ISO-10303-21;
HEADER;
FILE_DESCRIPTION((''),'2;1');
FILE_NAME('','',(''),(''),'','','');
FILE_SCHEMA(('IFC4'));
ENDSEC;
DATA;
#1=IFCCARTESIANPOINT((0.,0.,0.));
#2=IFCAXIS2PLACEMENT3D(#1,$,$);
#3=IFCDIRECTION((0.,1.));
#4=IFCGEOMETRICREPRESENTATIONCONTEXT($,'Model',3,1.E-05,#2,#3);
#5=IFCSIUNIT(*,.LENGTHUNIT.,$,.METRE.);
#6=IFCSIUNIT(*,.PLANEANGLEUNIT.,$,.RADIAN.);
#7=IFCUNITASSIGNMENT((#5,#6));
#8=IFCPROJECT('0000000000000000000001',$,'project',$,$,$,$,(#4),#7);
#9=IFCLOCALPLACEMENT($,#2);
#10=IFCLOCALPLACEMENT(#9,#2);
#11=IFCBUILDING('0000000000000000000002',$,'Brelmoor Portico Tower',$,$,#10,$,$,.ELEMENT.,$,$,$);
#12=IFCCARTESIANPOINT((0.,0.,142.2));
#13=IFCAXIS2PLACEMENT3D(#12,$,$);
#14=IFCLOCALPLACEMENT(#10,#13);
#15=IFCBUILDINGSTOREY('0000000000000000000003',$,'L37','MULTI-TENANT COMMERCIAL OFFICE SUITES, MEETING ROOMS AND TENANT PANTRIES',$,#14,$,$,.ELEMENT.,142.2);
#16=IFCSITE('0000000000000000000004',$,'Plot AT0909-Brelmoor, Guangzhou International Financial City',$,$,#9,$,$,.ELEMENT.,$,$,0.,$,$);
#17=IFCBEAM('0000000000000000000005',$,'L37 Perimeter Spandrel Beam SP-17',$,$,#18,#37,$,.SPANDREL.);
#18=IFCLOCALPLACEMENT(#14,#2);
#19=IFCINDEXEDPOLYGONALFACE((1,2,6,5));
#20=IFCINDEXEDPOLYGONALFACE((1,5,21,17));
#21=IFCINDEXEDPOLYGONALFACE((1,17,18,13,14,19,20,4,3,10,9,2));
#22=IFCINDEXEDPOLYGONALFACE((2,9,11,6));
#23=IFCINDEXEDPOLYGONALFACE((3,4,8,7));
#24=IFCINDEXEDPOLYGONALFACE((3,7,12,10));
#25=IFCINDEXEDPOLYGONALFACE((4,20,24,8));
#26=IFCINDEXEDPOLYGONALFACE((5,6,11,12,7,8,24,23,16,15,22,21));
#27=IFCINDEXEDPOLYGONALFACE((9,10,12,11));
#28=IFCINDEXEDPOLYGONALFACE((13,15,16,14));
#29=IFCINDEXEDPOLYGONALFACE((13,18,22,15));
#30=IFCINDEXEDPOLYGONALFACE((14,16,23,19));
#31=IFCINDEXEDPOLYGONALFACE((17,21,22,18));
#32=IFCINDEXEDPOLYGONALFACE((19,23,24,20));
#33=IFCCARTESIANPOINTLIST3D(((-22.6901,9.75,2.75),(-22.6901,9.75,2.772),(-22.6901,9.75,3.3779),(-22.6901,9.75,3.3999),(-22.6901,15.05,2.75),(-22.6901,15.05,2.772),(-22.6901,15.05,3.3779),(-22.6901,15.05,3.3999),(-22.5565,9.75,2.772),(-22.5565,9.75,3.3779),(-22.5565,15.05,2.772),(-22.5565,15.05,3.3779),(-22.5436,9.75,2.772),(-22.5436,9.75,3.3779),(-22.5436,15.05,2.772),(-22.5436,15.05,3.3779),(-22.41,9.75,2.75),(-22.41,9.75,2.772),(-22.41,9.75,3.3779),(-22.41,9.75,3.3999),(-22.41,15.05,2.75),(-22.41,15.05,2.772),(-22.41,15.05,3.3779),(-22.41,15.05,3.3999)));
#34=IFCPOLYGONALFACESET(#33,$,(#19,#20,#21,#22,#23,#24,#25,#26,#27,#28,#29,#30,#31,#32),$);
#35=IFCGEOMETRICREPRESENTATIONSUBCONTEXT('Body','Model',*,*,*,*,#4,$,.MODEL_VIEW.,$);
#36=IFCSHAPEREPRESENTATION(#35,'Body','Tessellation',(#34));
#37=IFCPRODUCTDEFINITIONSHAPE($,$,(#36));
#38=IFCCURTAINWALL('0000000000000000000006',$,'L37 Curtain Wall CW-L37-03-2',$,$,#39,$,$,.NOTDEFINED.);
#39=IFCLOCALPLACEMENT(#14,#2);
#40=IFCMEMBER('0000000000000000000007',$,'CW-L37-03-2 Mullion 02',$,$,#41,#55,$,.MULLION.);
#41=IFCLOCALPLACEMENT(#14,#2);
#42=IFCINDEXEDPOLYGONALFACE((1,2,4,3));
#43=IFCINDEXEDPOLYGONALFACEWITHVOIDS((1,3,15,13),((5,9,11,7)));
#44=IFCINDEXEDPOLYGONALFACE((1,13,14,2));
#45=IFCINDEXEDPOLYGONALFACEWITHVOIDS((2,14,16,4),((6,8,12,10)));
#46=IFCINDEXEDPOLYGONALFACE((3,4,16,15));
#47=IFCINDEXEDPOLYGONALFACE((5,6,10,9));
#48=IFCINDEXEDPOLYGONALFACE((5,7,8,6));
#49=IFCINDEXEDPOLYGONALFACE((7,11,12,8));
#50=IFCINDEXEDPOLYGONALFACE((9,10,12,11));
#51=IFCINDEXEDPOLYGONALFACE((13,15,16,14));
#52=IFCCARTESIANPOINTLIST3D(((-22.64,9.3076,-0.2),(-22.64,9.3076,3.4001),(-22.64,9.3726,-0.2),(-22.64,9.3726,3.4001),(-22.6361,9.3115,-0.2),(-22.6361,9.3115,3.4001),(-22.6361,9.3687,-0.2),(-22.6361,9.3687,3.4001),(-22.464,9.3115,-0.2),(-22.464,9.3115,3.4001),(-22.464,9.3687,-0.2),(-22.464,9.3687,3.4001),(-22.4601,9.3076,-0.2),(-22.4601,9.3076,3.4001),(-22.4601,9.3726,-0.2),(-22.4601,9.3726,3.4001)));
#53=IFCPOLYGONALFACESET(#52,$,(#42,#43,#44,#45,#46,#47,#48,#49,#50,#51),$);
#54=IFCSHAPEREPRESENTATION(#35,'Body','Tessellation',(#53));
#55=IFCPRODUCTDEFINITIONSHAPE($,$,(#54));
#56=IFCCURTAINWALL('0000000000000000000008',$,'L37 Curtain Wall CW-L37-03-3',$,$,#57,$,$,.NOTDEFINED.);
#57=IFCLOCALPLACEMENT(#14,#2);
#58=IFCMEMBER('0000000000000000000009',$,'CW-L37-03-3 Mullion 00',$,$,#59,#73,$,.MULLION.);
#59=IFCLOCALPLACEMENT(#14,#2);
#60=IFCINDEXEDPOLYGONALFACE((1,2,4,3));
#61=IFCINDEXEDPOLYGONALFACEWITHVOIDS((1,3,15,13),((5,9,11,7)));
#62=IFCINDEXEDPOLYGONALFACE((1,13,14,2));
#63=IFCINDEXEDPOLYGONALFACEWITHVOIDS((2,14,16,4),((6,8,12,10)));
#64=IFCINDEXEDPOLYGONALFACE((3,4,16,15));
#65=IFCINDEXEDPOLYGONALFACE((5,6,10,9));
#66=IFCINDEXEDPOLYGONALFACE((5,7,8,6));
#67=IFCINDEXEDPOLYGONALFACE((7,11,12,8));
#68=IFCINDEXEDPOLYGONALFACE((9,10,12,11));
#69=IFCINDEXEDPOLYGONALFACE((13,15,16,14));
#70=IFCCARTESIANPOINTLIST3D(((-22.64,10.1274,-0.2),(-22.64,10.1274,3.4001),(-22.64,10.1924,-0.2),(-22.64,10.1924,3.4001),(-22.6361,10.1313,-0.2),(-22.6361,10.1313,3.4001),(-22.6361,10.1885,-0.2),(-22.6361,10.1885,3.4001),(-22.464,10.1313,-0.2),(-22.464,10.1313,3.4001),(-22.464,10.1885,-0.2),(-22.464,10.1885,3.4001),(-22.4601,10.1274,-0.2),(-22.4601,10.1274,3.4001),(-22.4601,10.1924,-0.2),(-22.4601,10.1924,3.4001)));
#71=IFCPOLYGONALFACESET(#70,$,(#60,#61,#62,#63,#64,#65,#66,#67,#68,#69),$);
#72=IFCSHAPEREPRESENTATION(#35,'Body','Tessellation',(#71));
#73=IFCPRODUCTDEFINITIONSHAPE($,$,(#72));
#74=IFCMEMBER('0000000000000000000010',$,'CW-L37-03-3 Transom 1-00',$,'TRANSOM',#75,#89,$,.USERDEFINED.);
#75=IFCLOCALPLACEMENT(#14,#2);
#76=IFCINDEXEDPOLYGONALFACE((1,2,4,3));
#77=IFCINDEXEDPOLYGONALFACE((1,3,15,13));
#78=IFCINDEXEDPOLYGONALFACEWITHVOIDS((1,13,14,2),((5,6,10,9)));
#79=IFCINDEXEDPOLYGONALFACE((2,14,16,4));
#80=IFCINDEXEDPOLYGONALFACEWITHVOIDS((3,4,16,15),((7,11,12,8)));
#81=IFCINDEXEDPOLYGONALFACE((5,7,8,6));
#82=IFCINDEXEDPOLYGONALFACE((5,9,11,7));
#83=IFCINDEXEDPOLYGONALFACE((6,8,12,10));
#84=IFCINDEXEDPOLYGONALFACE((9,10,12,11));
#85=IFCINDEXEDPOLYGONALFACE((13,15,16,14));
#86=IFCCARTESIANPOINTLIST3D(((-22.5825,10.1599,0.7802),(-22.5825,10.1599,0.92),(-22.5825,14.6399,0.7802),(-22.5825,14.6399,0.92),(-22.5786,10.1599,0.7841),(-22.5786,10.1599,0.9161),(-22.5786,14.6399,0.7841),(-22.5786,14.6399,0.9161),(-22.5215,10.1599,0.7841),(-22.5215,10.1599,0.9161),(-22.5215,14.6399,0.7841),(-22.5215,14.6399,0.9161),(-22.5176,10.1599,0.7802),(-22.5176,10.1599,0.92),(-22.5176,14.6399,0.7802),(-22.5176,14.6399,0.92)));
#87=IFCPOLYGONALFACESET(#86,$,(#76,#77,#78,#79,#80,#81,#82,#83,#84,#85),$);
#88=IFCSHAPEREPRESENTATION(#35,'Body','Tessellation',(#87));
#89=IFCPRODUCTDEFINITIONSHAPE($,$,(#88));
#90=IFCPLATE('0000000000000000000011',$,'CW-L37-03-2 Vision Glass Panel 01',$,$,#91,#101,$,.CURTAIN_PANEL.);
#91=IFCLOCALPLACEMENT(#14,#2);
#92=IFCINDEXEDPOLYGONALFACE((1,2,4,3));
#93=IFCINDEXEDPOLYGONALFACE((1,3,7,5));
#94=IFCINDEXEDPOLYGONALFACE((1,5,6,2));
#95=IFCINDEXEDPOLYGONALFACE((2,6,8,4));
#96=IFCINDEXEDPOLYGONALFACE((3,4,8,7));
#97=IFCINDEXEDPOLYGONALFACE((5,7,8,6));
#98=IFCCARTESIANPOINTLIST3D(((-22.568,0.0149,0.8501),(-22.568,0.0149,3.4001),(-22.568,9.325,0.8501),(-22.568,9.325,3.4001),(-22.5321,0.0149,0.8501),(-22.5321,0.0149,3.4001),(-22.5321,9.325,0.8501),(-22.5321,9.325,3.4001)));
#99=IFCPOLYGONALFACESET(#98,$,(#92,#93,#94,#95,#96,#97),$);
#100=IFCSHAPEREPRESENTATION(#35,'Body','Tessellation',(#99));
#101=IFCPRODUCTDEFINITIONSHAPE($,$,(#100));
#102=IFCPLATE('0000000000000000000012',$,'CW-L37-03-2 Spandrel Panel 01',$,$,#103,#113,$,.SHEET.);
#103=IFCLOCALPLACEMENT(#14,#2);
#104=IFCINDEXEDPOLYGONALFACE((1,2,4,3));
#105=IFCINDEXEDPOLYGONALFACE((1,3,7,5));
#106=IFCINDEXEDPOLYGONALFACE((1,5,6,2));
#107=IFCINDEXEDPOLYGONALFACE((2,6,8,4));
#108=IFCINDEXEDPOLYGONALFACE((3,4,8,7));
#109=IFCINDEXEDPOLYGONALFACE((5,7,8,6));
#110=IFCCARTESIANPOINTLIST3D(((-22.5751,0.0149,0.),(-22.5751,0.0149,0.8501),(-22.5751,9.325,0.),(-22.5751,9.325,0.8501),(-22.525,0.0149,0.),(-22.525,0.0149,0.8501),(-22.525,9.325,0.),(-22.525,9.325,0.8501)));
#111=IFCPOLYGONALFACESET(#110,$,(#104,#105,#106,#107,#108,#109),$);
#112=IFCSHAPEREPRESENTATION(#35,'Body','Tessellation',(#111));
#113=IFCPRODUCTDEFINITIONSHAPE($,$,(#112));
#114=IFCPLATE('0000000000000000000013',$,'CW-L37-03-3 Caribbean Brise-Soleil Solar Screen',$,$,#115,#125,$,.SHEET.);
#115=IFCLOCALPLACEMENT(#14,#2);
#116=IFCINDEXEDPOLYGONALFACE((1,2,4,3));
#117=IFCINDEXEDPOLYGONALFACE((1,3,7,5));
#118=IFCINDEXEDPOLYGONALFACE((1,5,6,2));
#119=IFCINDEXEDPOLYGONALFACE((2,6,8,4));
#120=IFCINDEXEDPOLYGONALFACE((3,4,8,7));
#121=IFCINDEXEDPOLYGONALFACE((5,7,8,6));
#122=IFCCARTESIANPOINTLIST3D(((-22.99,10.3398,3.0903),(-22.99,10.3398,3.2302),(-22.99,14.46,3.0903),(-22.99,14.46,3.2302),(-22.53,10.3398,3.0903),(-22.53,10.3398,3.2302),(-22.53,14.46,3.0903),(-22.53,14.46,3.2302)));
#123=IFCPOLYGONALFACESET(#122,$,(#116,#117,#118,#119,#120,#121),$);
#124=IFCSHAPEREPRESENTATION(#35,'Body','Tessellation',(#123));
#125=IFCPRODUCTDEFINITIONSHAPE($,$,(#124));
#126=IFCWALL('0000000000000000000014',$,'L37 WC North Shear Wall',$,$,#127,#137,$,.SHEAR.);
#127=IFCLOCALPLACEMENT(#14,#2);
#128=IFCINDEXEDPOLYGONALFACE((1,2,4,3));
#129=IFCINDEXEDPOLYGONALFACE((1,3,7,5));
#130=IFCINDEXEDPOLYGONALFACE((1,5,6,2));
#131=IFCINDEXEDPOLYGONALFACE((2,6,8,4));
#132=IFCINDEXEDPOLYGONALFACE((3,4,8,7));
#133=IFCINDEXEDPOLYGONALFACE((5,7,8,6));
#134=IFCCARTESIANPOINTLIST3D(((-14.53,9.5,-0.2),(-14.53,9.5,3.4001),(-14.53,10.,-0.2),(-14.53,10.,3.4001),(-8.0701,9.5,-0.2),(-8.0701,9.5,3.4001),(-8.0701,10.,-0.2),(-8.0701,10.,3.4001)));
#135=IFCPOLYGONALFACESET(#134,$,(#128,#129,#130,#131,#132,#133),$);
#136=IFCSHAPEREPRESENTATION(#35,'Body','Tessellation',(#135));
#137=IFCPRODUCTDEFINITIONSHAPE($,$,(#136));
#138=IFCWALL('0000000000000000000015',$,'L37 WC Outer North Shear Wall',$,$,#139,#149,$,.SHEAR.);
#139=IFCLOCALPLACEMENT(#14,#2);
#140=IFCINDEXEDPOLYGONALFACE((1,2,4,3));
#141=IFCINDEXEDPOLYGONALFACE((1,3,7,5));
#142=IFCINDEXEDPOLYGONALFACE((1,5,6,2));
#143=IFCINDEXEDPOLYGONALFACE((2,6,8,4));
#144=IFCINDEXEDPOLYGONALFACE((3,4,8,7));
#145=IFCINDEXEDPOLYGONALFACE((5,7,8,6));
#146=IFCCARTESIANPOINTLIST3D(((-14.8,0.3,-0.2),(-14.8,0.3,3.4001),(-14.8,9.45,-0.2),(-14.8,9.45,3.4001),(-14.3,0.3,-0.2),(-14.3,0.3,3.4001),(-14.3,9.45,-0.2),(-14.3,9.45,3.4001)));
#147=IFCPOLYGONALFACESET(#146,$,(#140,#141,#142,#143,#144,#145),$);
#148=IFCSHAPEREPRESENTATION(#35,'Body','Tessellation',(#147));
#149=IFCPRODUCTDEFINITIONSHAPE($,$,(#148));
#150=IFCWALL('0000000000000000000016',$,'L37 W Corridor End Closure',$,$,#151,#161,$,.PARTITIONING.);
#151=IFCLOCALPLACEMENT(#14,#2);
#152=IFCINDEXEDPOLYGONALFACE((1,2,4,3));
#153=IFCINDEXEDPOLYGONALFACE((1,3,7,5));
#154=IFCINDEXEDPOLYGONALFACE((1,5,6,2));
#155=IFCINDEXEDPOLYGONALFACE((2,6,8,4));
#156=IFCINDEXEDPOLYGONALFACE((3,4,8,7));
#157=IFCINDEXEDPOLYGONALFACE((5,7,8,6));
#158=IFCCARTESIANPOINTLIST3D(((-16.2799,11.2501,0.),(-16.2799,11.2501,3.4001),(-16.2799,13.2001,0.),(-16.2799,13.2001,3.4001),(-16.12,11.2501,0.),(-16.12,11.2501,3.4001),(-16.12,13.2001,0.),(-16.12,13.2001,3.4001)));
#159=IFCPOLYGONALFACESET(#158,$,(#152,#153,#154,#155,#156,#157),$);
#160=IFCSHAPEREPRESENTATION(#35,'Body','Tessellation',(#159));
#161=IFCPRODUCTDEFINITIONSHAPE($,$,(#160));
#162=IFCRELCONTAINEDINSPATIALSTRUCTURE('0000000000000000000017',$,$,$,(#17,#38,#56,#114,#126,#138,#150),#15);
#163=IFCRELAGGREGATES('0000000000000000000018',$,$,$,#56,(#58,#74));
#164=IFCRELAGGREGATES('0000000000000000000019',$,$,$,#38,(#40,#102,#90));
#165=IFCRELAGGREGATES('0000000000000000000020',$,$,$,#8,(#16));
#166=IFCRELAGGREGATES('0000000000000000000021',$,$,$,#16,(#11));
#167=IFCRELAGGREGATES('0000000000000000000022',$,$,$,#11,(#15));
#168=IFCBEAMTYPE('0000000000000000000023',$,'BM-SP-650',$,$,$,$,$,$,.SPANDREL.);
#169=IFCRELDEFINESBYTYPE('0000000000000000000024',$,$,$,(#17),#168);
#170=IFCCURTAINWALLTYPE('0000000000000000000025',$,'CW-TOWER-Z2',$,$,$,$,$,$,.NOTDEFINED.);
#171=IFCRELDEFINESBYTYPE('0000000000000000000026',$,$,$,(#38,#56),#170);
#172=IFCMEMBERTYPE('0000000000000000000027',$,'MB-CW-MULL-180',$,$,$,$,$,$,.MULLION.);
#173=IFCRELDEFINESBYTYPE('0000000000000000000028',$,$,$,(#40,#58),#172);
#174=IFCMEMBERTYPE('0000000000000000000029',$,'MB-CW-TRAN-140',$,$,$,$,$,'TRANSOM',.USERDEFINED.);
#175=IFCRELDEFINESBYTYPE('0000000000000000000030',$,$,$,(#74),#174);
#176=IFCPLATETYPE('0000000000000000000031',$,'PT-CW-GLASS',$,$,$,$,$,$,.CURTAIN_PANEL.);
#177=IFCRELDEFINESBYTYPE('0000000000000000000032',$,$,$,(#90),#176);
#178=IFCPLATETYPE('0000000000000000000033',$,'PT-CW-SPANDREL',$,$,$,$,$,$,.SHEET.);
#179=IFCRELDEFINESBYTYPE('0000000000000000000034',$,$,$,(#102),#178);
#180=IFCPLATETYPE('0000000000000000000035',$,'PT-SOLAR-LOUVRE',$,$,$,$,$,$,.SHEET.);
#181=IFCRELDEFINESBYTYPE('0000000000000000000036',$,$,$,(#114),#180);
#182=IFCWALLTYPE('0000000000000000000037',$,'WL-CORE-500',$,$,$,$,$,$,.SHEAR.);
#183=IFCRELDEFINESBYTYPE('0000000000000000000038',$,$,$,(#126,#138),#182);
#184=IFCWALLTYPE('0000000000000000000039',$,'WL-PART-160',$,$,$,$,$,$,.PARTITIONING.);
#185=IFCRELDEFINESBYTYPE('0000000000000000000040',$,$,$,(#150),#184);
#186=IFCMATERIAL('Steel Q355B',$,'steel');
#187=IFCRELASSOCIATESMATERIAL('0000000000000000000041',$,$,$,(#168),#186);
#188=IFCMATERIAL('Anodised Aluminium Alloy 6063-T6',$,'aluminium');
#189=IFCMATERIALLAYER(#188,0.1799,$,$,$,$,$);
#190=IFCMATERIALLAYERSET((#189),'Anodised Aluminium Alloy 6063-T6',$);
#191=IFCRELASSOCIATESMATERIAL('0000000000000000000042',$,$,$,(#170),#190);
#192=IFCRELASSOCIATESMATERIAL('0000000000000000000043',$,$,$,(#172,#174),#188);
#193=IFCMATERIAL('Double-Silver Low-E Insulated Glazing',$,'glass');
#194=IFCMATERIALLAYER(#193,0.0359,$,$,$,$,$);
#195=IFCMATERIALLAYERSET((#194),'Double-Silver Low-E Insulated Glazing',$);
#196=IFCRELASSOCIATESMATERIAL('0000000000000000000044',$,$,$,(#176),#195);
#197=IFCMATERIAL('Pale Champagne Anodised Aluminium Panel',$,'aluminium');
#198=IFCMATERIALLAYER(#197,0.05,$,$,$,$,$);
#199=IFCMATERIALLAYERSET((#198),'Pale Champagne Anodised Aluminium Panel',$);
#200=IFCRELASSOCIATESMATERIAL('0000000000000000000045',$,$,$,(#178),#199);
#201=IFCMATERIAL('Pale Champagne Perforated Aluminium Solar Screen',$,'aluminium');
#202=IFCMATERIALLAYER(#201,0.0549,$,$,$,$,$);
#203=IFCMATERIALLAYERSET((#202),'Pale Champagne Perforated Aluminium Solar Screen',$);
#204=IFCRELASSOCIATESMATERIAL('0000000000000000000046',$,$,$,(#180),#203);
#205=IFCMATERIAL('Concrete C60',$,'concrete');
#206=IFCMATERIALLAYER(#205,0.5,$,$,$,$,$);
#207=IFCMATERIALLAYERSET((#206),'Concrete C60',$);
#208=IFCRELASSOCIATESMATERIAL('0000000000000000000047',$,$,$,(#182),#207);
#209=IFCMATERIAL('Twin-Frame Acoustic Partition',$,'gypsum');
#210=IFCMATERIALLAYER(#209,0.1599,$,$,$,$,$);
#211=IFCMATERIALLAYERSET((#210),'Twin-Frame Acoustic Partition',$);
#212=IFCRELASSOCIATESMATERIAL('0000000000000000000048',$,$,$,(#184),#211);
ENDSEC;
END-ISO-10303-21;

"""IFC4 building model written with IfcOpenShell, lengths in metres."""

from ifc_helpers import new_model, si_unit, direction, frame, frame_2d, origin, origin_2d, place, context, subcontext, project, spatial, rectangle, hollow_rectangle, i_section, extrude, material, layer, layer_set, material_profile, profile_set, type_object, element, aggregate, save


model = new_model("IFC4")

# Units and contexts
model_context = context("Model", 3, precision=1e-05, world=origin(), true_north=direction((0.0, 1.0)))
body_context = subcontext(model_context, "Body", "Model", "MODEL_VIEW")
ifc_project = project(units=[si_unit("LENGTHUNIT", "METRE"), si_unit("PLANEANGLEUNIT", "RADIAN")], contexts=[model_context])

# Site, building, storey
site_placement = place(None, origin())
site = spatial("IfcSite", under=ifc_project, at=site_placement, Name="Plot AT0909-Brelmoor, Guangzhou International Financial City", CompositionType="ELEMENT", RefElevation=0.0)
building_placement = place(site_placement, origin())
building = spatial("IfcBuilding", under=site, at=building_placement, Name="Brelmoor Portico Tower", CompositionType="ELEMENT")
storey_placement = place(building_placement, frame((0.0, 0.0, 142.2)))
storey = spatial("IfcBuildingStorey", under=building, at=storey_placement, Name="L37", Description="MULTI-TENANT COMMERCIAL OFFICE SUITES, MEETING ROOMS AND TENANT PANTRIES", CompositionType="ELEMENT", Elevation=142.2)

# Shared definitions
ifc_material_1 = material(Name="Steel Q355B", Category="steel")

# Beam
ifc_material_profile_1 = material_profile(ifc_material_1, i_section(OverallWidth=0.28, OverallDepth=0.6499, WebThickness=0.0129, FlangeThickness=0.022, at=origin_2d()), Name="HN 650x280x13x22")
ifc_profile_set_1 = profile_set([ifc_material_profile_1], Name="Steel Q355B")
beam_type_1 = type_object("IfcBeamType", Name="BM-SP-650", PredefinedType="SPANDREL", material=ifc_profile_set_1)
beam_1_placement = place(storey_placement, frame((-22.55, 9.75, 3.075), z_axis=(0.0, 1.0, 0.0), x_axis=(-1.0, 0.0, 0.0)))
element("IfcBeam", 1, at=beam_1_placement, inside=storey, type_object=beam_type_1, Name="L37 Perimeter Spandrel Beam SP-17", PredefinedType="SPANDREL", context=body_context, shape_type="SweptSolid", body=[
    extrude(i_section(OverallWidth=0.28, OverallDepth=0.6499, WebThickness=0.0129, FlangeThickness=0.022, at=origin_2d()), origin(), (0.0, 0.0, 1.0), 5.3),
])

# Curtain wall, member
ifc_material_2 = material(Name="Anodised Aluminium Alloy 6063-T6", Category="aluminium")
ifc_layer_1 = layer(ifc_material_2, 0.1799)
ifc_layer_set_1 = layer_set([ifc_layer_1], Name="Anodised Aluminium Alloy 6063-T6")
curtain_wall_type = type_object("IfcCurtainWallType", Name="CW-TOWER-Z2", PredefinedType="NOTDEFINED", material=ifc_layer_set_1)
curtain_wall_1_placement = place(storey_placement, origin())
curtain_wall_1 = element("IfcCurtainWall", 2, at=curtain_wall_1_placement, inside=storey, type_object=curtain_wall_type, Name="L37 Curtain Wall CW-L37-03-2", PredefinedType="NOTDEFINED")
ifc_material_profile_2 = material_profile(ifc_material_2, hollow_rectangle(XDim=0.0649, YDim=0.1799, WallThickness=0.0039, at=origin_2d()), Name="ALU MULLION 65x180")
ifc_profile_set_2 = profile_set([ifc_material_profile_2], Name="Anodised Aluminium Alloy 6063-T6")
member_type_1 = type_object("IfcMemberType", Name="MB-CW-MULL-180", PredefinedType="MULLION", material=ifc_profile_set_2)
member_1_placement = place(storey_placement, frame((-22.55, 9.3401, -0.2), z_axis=(0.0, 0.0, 1.0), x_axis=(0.0, 1.0, 0.0)))
member_1 = element("IfcMember", 3, at=member_1_placement, type_object=member_type_1, Name="CW-L37-03-2 Mullion 02", PredefinedType="MULLION", context=body_context, shape_type="SweptSolid", body=[
    extrude(hollow_rectangle(XDim=0.0649, YDim=0.1799, WallThickness=0.0039, at=origin_2d()), origin(), (0.0, 0.0, 1.0), 3.6001),
])

# Curtain wall, members
curtain_wall_2_placement = place(storey_placement, origin())
curtain_wall_2 = element("IfcCurtainWall", 4, at=curtain_wall_2_placement, inside=storey, type_object=curtain_wall_type, Name="L37 Curtain Wall CW-L37-03-3", PredefinedType="NOTDEFINED")
member_2_placement = place(storey_placement, frame((-22.55, 10.1599, -0.2), z_axis=(0.0, 0.0, 1.0), x_axis=(0.0, 1.0, 0.0)))
member_2 = element("IfcMember", 5, at=member_2_placement, type_object=member_type_1, Name="CW-L37-03-3 Mullion 00", PredefinedType="MULLION", context=body_context, shape_type="SweptSolid", body=[
    extrude(hollow_rectangle(XDim=0.0649, YDim=0.1799, WallThickness=0.0039, at=origin_2d()), origin(), (0.0, 0.0, 1.0), 3.6001),
])
ifc_material_profile_3 = material_profile(ifc_material_2, hollow_rectangle(XDim=0.0649, YDim=0.1399, WallThickness=0.0039, at=origin_2d()), Name="ALU TRANSOM 65x140")
ifc_profile_set_3 = profile_set([ifc_material_profile_3], Name="Anodised Aluminium Alloy 6063-T6")
member_type_2 = type_object("IfcMemberType", Name="MB-CW-TRAN-140", ElementType="TRANSOM", PredefinedType="USERDEFINED", material=ifc_profile_set_3)
member_3_placement = place(storey_placement, frame((-22.55, 10.1599, 0.8501), z_axis=(0.0, 1.0, 0.0), x_axis=(-1.0, 0.0, 0.0)))
member_3 = element("IfcMember", 6, at=member_3_placement, type_object=member_type_2, Name="CW-L37-03-3 Transom 1-00", ObjectType="TRANSOM", PredefinedType="USERDEFINED", context=body_context, shape_type="SweptSolid", body=[
    extrude(hollow_rectangle(XDim=0.0649, YDim=0.1399, WallThickness=0.0039, at=origin_2d()), origin(), (0.0, 0.0, 1.0), 4.48),
])
aggregate(curtain_wall_2, [member_2, member_3])

# Plates
ifc_material_3 = material(Name="Double-Silver Low-E Insulated Glazing", Category="glass")
ifc_layer_2 = layer(ifc_material_3, 0.0359)
ifc_layer_set_2 = layer_set([ifc_layer_2], Name="Double-Silver Low-E Insulated Glazing")
plate_type_1 = type_object("IfcPlateType", Name="PT-CW-GLASS", PredefinedType="CURTAIN_PANEL", material=ifc_layer_set_2)
plate_1_placement = place(storey_placement, frame((-22.55, 4.6699, 0.8501), z_axis=(0.0, 0.0, 1.0), x_axis=(0.0, 1.0, 0.0)))
plate_1 = element("IfcPlate", 7, at=plate_1_placement, type_object=plate_type_1, Name="CW-L37-03-2 Vision Glass Panel 01", PredefinedType="CURTAIN_PANEL", context=body_context, shape_type="SweptSolid", body=[
    extrude(rectangle(XDim=9.3101, YDim=0.0359, at=origin_2d()), origin(), (0.0, 0.0, 1.0), 2.55),
])
ifc_material_4 = material(Name="Pale Champagne Anodised Aluminium Panel", Category="aluminium")
ifc_layer_3 = layer(ifc_material_4, 0.05)
ifc_layer_set_3 = layer_set([ifc_layer_3], Name="Pale Champagne Anodised Aluminium Panel")
plate_type_2 = type_object("IfcPlateType", Name="PT-CW-SPANDREL", PredefinedType="SHEET", material=ifc_layer_set_3)
plate_2_placement = place(storey_placement, frame((-22.55, 4.6699, 0.0), z_axis=(0.0, 0.0, 1.0), x_axis=(0.0, 1.0, 0.0)))
plate_2 = element("IfcPlate", 8, at=plate_2_placement, type_object=plate_type_2, Name="CW-L37-03-2 Spandrel Panel 01", PredefinedType="SHEET", context=body_context, shape_type="SweptSolid", body=[
    extrude(rectangle(XDim=9.3101, YDim=0.05, at=origin_2d()), origin(), (0.0, 0.0, 1.0), 0.8501),
])
aggregate(curtain_wall_1, [member_1, plate_2, plate_1])
ifc_material_5 = material(Name="Pale Champagne Perforated Aluminium Solar Screen", Category="aluminium")
ifc_layer_4 = layer(ifc_material_5, 0.0549)
ifc_layer_set_4 = layer_set([ifc_layer_4], Name="Pale Champagne Perforated Aluminium Solar Screen")
plate_type_3 = type_object("IfcPlateType", Name="PT-SOLAR-LOUVRE", PredefinedType="SHEET", material=ifc_layer_set_4)
plate_3_placement = place(storey_placement, frame((-22.76, 12.3999, 3.0903), z_axis=(0.0, 0.0, 1.0), x_axis=(0.0, 1.0, 0.0)))
element("IfcPlate", 9, at=plate_3_placement, inside=storey, type_object=plate_type_3, Name="CW-L37-03-3 Caribbean Brise-Soleil Solar Screen", PredefinedType="SHEET", context=body_context, shape_type="SweptSolid", body=[
    extrude(rectangle(XDim=4.1201, YDim=0.46, at=origin_2d()), origin(), (0.0, 0.0, 1.0), 0.1399),
])

# Walls
ifc_material_6 = material(Name="Concrete C60", Category="concrete")
ifc_layer_5 = layer(ifc_material_6, 0.5)
ifc_layer_set_5 = layer_set([ifc_layer_5], Name="Concrete C60")
wall_type_1 = type_object("IfcWallType", Name="WL-CORE-500", PredefinedType="SHEAR", material=ifc_layer_set_5)
wall_1_placement = place(storey_placement, frame((-14.53, 9.75, -0.2), z_axis=(0.0, 0.0, 1.0), x_axis=(1.0, 0.0, 0.0)))
element("IfcWall", 10, at=wall_1_placement, inside=storey, type_object=wall_type_1, Name="L37 WC North Shear Wall", PredefinedType="SHEAR", context=body_context, shape_type="SweptSolid", body=[
    extrude(rectangle(XDim=6.46, YDim=0.5, at=frame_2d((3.23, 0.0))), origin(), (0.0, 0.0, 1.0), 3.6001),
])
wall_2_placement = place(storey_placement, frame((-14.55, 0.3, -0.2), z_axis=(0.0, 0.0, 1.0), x_axis=(0.0, 1.0, 0.0)))
element("IfcWall", 11, at=wall_2_placement, inside=storey, type_object=wall_type_1, Name="L37 WC Outer North Shear Wall", PredefinedType="SHEAR", context=body_context, shape_type="SweptSolid", body=[
    extrude(rectangle(XDim=9.1499, YDim=0.5, at=frame_2d((4.575, 0.0))), origin(), (0.0, 0.0, 1.0), 3.6001),
])

# Shared definitions
ifc_material_7 = material(Name="Twin-Frame Acoustic Partition", Category="gypsum")
ifc_layer_6 = layer(ifc_material_7, 0.1599)
ifc_layer_set_6 = layer_set([ifc_layer_6], Name="Twin-Frame Acoustic Partition")
wall_type_2 = type_object("IfcWallType", Name="WL-PART-160", PredefinedType="PARTITIONING", material=ifc_layer_set_6)

# Wall
wall_3_placement = place(storey_placement, frame((-16.2, 11.25, 0.0), z_axis=(0.0, 0.0, 1.0), x_axis=(0.0, 1.0, 0.0)))
element("IfcWall", 12, at=wall_3_placement, inside=storey, type_object=wall_type_2, Name="L37 W Corridor End Closure", PredefinedType="PARTITIONING", context=body_context, shape_type="SweptSolid", body=[
    extrude(rectangle(XDim=1.95, YDim=0.1599, at=frame_2d((0.9751, 0.0))), origin(), (0.0, 0.0, 1.0), 3.4001),
])

save(model, "model.ifc")
